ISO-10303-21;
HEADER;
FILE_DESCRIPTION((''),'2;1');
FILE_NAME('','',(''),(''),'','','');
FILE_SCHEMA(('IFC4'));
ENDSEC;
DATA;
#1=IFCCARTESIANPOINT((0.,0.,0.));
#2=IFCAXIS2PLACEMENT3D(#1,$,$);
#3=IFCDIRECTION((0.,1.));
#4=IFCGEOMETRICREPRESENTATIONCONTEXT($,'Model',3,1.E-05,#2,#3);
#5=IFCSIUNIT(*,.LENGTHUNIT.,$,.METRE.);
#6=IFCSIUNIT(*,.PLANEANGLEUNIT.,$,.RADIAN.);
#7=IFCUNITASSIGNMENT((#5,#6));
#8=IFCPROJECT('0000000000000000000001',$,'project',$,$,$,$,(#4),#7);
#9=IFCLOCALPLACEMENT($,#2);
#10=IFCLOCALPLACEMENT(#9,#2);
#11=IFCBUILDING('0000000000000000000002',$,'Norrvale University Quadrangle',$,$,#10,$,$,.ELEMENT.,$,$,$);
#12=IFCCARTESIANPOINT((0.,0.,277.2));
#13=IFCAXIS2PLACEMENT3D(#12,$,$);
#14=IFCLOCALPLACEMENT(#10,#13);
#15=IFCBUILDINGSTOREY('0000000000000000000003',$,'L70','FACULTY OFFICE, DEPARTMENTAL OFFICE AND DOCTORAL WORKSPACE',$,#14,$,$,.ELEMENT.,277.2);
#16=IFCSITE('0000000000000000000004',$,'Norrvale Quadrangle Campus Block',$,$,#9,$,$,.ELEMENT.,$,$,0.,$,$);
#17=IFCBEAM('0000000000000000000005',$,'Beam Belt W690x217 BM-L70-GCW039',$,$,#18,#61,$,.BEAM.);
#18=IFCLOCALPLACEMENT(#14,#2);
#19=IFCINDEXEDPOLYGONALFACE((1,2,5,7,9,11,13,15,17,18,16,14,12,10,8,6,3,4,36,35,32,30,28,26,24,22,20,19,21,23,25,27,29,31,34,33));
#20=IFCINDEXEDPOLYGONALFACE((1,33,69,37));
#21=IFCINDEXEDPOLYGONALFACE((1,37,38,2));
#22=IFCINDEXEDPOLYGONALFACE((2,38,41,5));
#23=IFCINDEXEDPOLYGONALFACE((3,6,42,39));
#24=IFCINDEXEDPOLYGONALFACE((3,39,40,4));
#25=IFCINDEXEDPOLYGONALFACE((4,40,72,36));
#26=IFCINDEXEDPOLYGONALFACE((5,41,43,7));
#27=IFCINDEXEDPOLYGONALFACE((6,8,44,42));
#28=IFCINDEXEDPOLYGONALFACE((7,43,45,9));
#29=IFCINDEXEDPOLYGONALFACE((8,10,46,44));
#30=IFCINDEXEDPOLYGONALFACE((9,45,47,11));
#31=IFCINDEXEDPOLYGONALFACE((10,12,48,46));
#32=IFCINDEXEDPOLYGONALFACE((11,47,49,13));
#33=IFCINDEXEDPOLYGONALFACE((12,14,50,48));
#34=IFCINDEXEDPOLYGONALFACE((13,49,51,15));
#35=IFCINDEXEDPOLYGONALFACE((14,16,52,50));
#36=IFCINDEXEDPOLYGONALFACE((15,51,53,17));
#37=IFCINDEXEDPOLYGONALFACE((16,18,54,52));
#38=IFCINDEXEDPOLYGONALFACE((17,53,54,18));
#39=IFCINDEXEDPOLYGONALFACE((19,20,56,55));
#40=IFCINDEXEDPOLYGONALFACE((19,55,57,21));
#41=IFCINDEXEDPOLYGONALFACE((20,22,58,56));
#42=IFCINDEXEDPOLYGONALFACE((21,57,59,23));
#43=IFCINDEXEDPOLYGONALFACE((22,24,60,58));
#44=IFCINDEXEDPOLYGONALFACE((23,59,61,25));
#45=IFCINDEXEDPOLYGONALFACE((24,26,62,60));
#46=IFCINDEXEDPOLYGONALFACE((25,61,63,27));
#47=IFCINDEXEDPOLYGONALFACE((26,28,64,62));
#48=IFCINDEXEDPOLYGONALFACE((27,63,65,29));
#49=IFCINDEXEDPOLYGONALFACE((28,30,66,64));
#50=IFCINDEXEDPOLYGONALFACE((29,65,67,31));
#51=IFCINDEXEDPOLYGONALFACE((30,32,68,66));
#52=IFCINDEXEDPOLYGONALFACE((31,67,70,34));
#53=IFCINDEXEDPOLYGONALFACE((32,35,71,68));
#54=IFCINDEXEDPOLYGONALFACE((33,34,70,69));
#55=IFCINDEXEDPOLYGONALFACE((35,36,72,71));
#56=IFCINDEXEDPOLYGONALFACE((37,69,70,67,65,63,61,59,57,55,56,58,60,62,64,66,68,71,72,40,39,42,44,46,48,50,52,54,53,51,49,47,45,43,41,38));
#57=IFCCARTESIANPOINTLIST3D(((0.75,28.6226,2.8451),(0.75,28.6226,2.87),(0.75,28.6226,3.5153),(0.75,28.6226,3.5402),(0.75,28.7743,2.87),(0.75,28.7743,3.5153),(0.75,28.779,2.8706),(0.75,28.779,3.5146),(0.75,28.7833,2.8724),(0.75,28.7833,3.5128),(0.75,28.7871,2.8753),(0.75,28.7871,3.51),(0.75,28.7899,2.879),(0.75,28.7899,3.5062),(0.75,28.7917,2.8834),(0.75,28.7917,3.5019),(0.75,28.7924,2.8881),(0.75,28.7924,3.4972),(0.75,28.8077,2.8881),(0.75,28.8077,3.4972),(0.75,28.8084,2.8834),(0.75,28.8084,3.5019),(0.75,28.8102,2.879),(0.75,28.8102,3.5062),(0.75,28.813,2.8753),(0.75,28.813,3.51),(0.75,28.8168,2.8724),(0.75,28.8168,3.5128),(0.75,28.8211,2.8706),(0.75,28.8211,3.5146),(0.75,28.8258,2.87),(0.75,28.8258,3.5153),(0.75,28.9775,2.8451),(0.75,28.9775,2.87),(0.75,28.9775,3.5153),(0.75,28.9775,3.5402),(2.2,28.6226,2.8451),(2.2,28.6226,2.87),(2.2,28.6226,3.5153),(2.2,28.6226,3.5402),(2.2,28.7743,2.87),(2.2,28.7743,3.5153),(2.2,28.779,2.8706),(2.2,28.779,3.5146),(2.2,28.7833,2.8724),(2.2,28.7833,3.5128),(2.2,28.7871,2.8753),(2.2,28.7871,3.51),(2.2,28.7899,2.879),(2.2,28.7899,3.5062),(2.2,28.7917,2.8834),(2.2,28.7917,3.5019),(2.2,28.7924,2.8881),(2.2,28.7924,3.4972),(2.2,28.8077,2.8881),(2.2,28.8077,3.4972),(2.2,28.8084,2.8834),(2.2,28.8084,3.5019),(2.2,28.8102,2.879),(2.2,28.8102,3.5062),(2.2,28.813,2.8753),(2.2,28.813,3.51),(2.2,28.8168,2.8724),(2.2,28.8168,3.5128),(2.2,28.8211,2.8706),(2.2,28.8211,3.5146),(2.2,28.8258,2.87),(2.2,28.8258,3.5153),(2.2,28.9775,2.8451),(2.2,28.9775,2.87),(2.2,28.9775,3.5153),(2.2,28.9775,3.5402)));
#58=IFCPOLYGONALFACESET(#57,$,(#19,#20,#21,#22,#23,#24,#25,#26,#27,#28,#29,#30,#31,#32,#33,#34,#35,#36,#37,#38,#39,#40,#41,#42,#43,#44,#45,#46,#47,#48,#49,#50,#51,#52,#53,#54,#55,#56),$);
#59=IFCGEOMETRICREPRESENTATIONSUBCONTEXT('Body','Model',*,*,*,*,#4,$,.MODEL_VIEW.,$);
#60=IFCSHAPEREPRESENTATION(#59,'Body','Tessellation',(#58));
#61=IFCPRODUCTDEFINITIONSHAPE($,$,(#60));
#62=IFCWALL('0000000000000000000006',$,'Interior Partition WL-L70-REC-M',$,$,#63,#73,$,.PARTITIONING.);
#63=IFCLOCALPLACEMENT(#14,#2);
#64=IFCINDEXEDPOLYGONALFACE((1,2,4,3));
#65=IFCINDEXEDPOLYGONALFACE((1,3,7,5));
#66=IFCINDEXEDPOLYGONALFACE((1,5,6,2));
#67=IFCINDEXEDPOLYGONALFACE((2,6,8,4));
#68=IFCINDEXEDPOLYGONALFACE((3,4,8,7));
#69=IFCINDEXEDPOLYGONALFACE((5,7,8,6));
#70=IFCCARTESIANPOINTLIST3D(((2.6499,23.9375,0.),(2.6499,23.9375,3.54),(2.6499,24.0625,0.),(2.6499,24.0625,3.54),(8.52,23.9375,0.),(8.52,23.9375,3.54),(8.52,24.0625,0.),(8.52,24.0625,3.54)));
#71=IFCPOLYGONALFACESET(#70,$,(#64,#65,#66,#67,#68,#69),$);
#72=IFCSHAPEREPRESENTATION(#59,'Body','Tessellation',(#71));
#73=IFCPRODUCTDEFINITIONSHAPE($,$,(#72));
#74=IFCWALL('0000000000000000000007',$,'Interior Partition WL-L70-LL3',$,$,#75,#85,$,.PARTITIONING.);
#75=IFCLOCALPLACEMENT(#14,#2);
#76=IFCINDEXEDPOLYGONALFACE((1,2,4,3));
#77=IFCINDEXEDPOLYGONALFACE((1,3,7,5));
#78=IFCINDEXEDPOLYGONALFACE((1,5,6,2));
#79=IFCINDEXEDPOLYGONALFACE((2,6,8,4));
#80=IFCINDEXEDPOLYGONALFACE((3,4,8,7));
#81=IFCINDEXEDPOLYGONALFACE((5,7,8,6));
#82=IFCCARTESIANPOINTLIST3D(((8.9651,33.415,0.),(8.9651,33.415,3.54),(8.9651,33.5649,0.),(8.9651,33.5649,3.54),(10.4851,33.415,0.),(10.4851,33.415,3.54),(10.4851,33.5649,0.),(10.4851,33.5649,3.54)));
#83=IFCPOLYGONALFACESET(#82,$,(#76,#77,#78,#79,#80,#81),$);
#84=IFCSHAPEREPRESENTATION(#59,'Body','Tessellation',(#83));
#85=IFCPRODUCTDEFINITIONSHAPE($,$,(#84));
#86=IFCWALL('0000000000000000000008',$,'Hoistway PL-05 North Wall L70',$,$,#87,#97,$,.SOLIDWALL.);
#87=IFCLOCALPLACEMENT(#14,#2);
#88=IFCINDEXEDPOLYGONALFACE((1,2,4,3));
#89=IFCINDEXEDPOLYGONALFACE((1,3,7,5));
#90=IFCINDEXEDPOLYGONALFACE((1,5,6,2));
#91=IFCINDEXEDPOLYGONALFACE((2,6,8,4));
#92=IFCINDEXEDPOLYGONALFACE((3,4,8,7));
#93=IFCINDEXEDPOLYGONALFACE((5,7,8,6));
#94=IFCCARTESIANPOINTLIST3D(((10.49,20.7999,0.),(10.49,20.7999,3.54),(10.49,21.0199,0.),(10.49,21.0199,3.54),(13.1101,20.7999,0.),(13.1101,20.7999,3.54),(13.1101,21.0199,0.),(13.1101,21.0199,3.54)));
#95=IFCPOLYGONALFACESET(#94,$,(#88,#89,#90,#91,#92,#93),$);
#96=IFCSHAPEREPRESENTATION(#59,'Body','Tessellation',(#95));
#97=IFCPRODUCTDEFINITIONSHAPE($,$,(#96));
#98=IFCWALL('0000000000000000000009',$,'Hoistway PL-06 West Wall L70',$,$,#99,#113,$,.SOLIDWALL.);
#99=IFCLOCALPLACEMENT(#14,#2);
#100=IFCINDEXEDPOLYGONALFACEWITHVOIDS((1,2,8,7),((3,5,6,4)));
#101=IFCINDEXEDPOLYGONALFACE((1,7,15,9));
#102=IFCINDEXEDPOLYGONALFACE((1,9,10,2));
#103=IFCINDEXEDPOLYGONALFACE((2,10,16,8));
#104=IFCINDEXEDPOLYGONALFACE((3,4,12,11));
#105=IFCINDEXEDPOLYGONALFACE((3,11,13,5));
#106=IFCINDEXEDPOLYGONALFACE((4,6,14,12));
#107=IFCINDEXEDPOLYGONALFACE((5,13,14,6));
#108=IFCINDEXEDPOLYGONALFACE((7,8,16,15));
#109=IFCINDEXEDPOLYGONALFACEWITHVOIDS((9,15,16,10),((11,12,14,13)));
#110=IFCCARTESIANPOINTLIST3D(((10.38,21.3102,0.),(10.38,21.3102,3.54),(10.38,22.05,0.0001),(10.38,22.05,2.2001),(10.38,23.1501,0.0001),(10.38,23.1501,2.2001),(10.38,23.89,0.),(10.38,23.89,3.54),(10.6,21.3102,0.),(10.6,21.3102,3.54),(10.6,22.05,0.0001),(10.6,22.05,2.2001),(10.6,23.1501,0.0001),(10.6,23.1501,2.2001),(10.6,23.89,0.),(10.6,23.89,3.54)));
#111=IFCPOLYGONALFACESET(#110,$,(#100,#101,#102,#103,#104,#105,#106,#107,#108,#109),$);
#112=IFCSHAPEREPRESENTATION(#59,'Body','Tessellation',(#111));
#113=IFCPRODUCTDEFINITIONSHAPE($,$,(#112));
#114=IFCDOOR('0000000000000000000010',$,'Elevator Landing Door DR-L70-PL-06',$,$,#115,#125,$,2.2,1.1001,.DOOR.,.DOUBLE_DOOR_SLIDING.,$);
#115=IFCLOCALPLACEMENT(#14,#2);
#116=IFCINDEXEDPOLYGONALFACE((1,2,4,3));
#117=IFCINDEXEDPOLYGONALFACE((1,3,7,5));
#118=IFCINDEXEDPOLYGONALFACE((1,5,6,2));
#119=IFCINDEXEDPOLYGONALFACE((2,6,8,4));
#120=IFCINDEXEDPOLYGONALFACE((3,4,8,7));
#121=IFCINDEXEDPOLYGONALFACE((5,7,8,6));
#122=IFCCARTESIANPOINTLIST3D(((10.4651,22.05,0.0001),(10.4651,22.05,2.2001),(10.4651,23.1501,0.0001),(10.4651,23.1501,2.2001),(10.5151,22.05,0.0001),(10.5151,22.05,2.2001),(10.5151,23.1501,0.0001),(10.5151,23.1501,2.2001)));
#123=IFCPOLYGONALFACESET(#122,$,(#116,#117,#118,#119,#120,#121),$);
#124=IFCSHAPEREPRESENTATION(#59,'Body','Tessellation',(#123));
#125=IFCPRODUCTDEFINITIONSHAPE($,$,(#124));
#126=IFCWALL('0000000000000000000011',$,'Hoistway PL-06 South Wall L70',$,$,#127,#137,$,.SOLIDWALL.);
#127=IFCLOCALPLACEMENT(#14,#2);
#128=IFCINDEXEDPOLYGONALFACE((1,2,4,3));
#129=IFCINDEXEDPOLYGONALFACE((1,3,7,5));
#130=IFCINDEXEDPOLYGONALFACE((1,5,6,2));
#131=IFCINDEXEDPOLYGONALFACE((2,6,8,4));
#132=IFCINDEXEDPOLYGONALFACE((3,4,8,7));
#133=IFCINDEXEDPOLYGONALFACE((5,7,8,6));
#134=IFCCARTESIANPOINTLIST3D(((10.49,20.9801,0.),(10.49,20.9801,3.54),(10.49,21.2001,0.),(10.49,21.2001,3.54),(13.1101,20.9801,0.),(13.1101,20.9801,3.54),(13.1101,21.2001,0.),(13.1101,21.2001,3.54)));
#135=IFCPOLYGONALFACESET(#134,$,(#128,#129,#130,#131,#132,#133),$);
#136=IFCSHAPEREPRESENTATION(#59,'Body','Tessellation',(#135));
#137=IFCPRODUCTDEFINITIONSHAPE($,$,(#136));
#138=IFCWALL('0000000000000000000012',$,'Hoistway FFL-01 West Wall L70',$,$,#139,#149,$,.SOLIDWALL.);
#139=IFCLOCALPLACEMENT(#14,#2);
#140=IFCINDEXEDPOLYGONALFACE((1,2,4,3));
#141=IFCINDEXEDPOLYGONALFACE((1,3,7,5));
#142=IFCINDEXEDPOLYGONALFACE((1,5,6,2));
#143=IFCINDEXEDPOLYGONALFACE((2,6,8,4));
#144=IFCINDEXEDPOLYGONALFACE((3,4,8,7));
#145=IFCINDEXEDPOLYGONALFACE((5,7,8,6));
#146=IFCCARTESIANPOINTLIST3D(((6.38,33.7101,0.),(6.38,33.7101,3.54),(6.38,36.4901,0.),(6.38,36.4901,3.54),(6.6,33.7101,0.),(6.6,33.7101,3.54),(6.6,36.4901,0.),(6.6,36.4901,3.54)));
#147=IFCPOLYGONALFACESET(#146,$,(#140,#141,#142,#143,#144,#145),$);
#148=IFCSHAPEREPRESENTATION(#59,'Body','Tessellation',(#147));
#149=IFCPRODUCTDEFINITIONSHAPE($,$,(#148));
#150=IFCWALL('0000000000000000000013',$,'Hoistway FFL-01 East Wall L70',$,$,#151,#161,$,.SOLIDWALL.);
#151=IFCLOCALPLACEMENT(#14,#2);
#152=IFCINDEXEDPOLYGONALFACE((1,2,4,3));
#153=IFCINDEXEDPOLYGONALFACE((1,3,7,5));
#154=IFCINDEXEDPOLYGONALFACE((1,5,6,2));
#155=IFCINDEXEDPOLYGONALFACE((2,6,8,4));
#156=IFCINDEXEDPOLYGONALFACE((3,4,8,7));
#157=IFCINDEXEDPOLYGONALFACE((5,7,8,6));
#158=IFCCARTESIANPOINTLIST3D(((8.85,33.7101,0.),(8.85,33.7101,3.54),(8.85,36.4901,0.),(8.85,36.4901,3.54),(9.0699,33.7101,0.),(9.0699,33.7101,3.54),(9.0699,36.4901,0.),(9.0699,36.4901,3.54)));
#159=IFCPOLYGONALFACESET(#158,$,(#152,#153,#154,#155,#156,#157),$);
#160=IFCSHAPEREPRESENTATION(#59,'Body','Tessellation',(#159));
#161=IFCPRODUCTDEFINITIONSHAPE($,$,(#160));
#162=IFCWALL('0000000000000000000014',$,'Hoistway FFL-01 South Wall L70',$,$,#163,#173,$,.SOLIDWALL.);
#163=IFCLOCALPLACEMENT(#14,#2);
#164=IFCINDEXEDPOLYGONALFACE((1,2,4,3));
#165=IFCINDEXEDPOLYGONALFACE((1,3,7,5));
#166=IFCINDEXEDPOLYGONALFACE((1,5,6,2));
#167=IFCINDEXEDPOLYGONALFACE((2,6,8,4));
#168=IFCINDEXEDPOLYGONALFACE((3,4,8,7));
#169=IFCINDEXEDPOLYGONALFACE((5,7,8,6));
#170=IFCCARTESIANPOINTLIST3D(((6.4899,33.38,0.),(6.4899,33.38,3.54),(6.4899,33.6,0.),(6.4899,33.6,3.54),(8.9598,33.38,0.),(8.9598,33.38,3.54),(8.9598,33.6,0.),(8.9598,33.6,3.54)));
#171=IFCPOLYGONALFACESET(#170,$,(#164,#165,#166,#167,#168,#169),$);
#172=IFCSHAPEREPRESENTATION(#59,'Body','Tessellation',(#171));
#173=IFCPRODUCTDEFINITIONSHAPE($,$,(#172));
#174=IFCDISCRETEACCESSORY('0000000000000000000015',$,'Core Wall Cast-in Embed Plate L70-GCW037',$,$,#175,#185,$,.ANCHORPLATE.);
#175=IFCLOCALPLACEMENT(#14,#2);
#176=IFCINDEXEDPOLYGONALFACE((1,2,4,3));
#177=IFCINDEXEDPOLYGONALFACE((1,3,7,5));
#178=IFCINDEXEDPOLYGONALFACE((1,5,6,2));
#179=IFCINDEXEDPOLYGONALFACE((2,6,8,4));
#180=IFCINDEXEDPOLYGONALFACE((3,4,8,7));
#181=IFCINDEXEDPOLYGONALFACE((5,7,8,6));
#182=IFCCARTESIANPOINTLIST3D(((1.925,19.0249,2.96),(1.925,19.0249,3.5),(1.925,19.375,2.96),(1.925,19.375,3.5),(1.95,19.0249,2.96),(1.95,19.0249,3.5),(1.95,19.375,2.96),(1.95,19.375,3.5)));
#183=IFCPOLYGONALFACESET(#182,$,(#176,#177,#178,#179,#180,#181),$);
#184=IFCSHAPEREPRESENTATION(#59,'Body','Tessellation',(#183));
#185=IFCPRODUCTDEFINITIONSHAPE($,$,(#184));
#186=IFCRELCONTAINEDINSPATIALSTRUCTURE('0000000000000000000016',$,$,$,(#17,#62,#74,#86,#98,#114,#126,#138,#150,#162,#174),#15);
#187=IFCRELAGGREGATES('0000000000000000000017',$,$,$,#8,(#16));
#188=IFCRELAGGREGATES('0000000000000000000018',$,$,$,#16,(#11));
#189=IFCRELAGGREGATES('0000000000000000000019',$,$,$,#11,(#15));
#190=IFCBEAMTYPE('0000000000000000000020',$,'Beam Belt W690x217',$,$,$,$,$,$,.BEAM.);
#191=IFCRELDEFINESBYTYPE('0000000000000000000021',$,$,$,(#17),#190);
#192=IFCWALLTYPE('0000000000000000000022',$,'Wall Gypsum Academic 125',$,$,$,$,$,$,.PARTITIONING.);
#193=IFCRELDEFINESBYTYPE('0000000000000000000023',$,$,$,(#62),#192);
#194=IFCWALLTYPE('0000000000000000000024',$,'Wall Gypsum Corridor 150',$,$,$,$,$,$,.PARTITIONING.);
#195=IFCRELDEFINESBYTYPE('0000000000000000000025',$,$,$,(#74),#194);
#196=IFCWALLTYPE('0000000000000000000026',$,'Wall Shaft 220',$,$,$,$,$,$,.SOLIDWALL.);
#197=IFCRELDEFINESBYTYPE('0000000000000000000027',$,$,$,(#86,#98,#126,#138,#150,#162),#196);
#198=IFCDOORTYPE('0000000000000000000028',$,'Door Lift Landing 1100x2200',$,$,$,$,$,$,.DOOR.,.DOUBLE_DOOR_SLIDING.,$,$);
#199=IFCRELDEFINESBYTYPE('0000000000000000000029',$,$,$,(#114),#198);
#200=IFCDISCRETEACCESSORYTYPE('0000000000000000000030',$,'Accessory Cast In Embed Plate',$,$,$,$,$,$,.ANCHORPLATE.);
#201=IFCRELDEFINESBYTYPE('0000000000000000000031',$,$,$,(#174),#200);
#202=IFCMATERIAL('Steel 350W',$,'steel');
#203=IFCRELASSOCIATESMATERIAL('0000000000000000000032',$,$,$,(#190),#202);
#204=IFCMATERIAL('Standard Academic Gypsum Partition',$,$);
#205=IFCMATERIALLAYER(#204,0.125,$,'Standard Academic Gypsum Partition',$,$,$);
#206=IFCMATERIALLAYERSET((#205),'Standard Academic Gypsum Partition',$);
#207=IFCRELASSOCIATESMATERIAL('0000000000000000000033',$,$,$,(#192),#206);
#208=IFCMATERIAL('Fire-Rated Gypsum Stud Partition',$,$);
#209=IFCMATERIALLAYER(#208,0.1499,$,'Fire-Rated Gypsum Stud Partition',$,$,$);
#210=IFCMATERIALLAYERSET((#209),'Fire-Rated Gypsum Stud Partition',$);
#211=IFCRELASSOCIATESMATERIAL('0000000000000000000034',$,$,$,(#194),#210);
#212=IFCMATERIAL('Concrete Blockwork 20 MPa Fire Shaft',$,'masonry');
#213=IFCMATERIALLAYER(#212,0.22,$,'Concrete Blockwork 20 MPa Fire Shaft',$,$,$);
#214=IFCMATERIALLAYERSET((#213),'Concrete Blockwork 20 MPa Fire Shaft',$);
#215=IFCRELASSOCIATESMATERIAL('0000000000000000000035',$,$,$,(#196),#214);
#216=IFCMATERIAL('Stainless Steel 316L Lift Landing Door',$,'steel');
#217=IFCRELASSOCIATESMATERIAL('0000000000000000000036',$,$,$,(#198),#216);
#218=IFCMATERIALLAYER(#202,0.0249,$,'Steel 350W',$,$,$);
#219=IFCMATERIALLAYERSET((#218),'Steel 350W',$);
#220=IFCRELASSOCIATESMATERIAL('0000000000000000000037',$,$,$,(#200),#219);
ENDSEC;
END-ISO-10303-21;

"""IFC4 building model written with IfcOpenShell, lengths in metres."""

from ifc_helpers import new_model, si_unit, direction, frame, frame_2d, origin, origin_2d, place, context, subcontext, project, spatial, rectangle, i_section, extrude, material, layer, layer_set, material_profile, profile_set, type_object, element, fill, save


model = new_model("IFC4")

# Units and contexts
model_context = context("Model", 3, precision=1e-05, world=origin(), true_north=direction((0.0, 1.0)))
body_context = subcontext(model_context, "Body", "Model", "MODEL_VIEW")
ifc_project = project(units=[si_unit("LENGTHUNIT", "METRE"), si_unit("PLANEANGLEUNIT", "RADIAN")], contexts=[model_context])

# Site, building, storey
site_placement = place(None, origin())
site = spatial("IfcSite", under=ifc_project, at=site_placement, Name="Norrvale Quadrangle Campus Block", CompositionType="ELEMENT", RefElevation=0.0)
building_placement = place(site_placement, origin())
building = spatial("IfcBuilding", under=site, at=building_placement, Name="Norrvale University Quadrangle", CompositionType="ELEMENT")
storey_placement = place(building_placement, frame((0.0, 0.0, 277.2)))
storey = spatial("IfcBuildingStorey", under=building, at=storey_placement, Name="L70", Description="FACULTY OFFICE, DEPARTMENTAL OFFICE AND DOCTORAL WORKSPACE", CompositionType="ELEMENT", Elevation=277.2)

# Beam
ifc_material_1 = material(Name="Steel 350W", Category="steel")
ifc_material_profile_1 = material_profile(ifc_material_1, i_section(OverallWidth=0.355, OverallDepth=0.6951, WebThickness=0.0154, FlangeThickness=0.0249, FilletRadius=0.0181, at=origin_2d()), Name="Steel 350W")
ifc_profile_set_1 = profile_set([ifc_material_profile_1], Name="Steel 350W")
beam_type = type_object("IfcBeamType", Name="Beam Belt W690x217", PredefinedType="BEAM", material=ifc_profile_set_1)
for number, where, z_axis, x_axis, name in (
    (1, (0.75, 28.8, 3.1926), (1.0, 0.0, 0.0), (0.0, 1.0, 0.0), "Beam Belt W690x217 BM-L70-GCW039"),
):
    element("IfcBeam", number, at=place(storey_placement, frame(where, z_axis=z_axis, x_axis=x_axis)), inside=storey, type_object=beam_type, Name=name, PredefinedType="BEAM", context=body_context, shape_type="SweptSolid", body=[
        extrude(i_section(OverallWidth=0.355, OverallDepth=0.6951, WebThickness=0.0154, FlangeThickness=0.0249, FilletRadius=0.0181, at=origin_2d()), origin(), (0.0, 0.0, 1.0), 1.45),
    ])

# Walls
ifc_material_2 = material(Name="Standard Academic Gypsum Partition")
ifc_layer_1 = layer(ifc_material_2, 0.125, Name="Standard Academic Gypsum Partition")
ifc_layer_set_1 = layer_set([ifc_layer_1], Name="Standard Academic Gypsum Partition")
wall_type_1 = type_object("IfcWallType", Name="Wall Gypsum Academic 125", PredefinedType="PARTITIONING", material=ifc_layer_set_1)
wall_1_placement = place(storey_placement, frame((2.6499, 24.0, 0.0), z_axis=(0.0, 0.0, 1.0), x_axis=(1.0, 0.0, 0.0)))
element("IfcWall", 2, at=wall_1_placement, inside=storey, type_object=wall_type_1, Name="Interior Partition WL-L70-REC-M", PredefinedType="PARTITIONING", context=body_context, shape_type="SweptSolid", body=[
    extrude(rectangle(XDim=5.8701, YDim=0.125, at=frame_2d((2.9351, 0.0))), origin(), (0.0, 0.0, 1.0), 3.54),
])
ifc_material_3 = material(Name="Fire-Rated Gypsum Stud Partition")
ifc_layer_2 = layer(ifc_material_3, 0.1499, Name="Fire-Rated Gypsum Stud Partition")
ifc_layer_set_2 = layer_set([ifc_layer_2], Name="Fire-Rated Gypsum Stud Partition")
wall_type_2 = type_object("IfcWallType", Name="Wall Gypsum Corridor 150", PredefinedType="PARTITIONING", material=ifc_layer_set_2)
wall_2_placement = place(storey_placement, frame((8.9651, 33.49, 0.0), z_axis=(0.0, 0.0, 1.0), x_axis=(1.0, 0.0, 0.0)))
element("IfcWall", 3, at=wall_2_placement, inside=storey, type_object=wall_type_2, Name="Interior Partition WL-L70-LL3", PredefinedType="PARTITIONING", context=body_context, shape_type="SweptSolid", body=[
    extrude(rectangle(XDim=1.52, YDim=0.1499, at=frame_2d((0.76, 0.0))), origin(), (0.0, 0.0, 1.0), 3.54),
])
ifc_material_4 = material(Name="Concrete Blockwork 20 MPa Fire Shaft", Category="masonry")
ifc_layer_3 = layer(ifc_material_4, 0.22, Name="Concrete Blockwork 20 MPa Fire Shaft")
ifc_layer_set_3 = layer_set([ifc_layer_3], Name="Concrete Blockwork 20 MPa Fire Shaft")
wall_type_3 = type_object("IfcWallType", Name="Wall Shaft 220", PredefinedType="SOLIDWALL", material=ifc_layer_set_3)
wall_3_placement = place(storey_placement, frame((10.49, 20.9099, 0.0), z_axis=(0.0, 0.0, 1.0), x_axis=(1.0, 0.0, 0.0)))
element("IfcWall", 4, at=wall_3_placement, inside=storey, type_object=wall_type_3, Name="Hoistway PL-05 North Wall L70", PredefinedType="SOLIDWALL", context=body_context, shape_type="SweptSolid", body=[
    extrude(rectangle(XDim=2.6201, YDim=0.22, at=frame_2d((1.3101, 0.0))), origin(), (0.0, 0.0, 1.0), 3.54),
])

# Wall, opening, door
wall_4_placement = place(storey_placement, frame((10.49, 21.3101, 0.0), z_axis=(0.0, 0.0, 1.0), x_axis=(0.0, 1.0, 0.0)))
wall_4 = element("IfcWall", 5, at=wall_4_placement, inside=storey, type_object=wall_type_3, Name="Hoistway PL-06 West Wall L70", PredefinedType="SOLIDWALL", context=body_context, shape_type="SweptSolid", body=[
    extrude(rectangle(XDim=2.5798, YDim=0.22, at=frame_2d((1.29, 0.0))), origin(), (0.0, 0.0, 1.0), 3.54),
])
opening_placement = place(wall_4_placement, frame((0.74, 0.0, 0.0)))
opening = element("IfcOpeningElement", 6, at=opening_placement, cuts=wall_4, PredefinedType="OPENING", context=body_context, shape_type="SweptSolid", body=[
    extrude(rectangle(XDim=1.1001, YDim=2.2, at=frame_2d((0.55, 1.1001))), frame((0.0, 0.1221, 0.0), z_axis=(0.0, -1.0, 0.0), x_axis=(1.0, 0.0, 0.0)), (0.0, 0.0, 1.0), 0.2439),
])
ifc_material_5 = material(Name="Stainless Steel 316L Lift Landing Door", Category="steel")
door_type = type_object("IfcDoorType", Name="Door Lift Landing 1100x2200", OperationType="DOUBLE_DOOR_SLIDING", PredefinedType="DOOR", material=ifc_material_5)
door_placement = place(opening_placement, origin())
door = element("IfcDoor", 7, at=door_placement, inside=storey, type_object=door_type, Name="Elevator Landing Door DR-L70-PL-06", OperationType="DOUBLE_DOOR_SLIDING", OverallHeight=2.2, OverallWidth=1.1001, PredefinedType="DOOR", context=body_context, shape_type="SweptSolid", body=[
    extrude(rectangle(XDim=1.1001, YDim=2.2, at=frame_2d((0.55, 1.1001))), frame((0.0, 0.0249, 0.0), z_axis=(0.0, -1.0, 0.0), x_axis=(1.0, 0.0, 0.0)), (0.0, 0.0, 1.0), 0.05),
])
fill(opening, door)

# Walls
wall_5_placement = place(storey_placement, frame((10.49, 21.0901, 0.0), z_axis=(0.0, 0.0, 1.0), x_axis=(1.0, 0.0, 0.0)))
element("IfcWall", 8, at=wall_5_placement, inside=storey, type_object=wall_type_3, Name="Hoistway PL-06 South Wall L70", PredefinedType="SOLIDWALL", context=body_context, shape_type="SweptSolid", body=[
    extrude(rectangle(XDim=2.6201, YDim=0.22, at=frame_2d((1.3101, 0.0))), origin(), (0.0, 0.0, 1.0), 3.54),
])
for number, where, z_axis, x_axis, name in (
    (9, (6.49, 33.71, 0.0), (0.0, 0.0, 1.0), (0.0, 1.0, 0.0), "Hoistway FFL-01 West Wall L70"),
    (10, (8.96, 33.71, 0.0), (0.0, 0.0, 1.0), (0.0, 1.0, 0.0), "Hoistway FFL-01 East Wall L70"),
):
    element("IfcWall", number, at=place(storey_placement, frame(where, z_axis=z_axis, x_axis=x_axis)), inside=storey, type_object=wall_type_3, Name=name, PredefinedType="SOLIDWALL", context=body_context, shape_type="SweptSolid", body=[
        extrude(rectangle(XDim=2.78, YDim=0.22, at=frame_2d((1.3901, 0.0))), origin(), (0.0, 0.0, 1.0), 3.54),
    ])
wall_6_placement = place(storey_placement, frame((6.49, 33.49, 0.0), z_axis=(0.0, 0.0, 1.0), x_axis=(1.0, 0.0, 0.0)))
element("IfcWall", 11, at=wall_6_placement, inside=storey, type_object=wall_type_3, Name="Hoistway FFL-01 South Wall L70", PredefinedType="SOLIDWALL", context=body_context, shape_type="SweptSolid", body=[
    extrude(rectangle(XDim=2.47, YDim=0.22, at=frame_2d((1.2349, 0.0))), origin(), (0.0, 0.0, 1.0), 3.54),
])

# Discrete accessory
ifc_layer_4 = layer(ifc_material_1, 0.0249, Name="Steel 350W")
ifc_layer_set_4 = layer_set([ifc_layer_4], Name="Steel 350W")
discrete_accessory_type = type_object("IfcDiscreteAccessoryType", Name="Accessory Cast In Embed Plate", PredefinedType="ANCHORPLATE", material=ifc_layer_set_4)
for number, where, z_axis, x_axis, name in (
    (12, (1.9375, 19.2, 2.96), (0.0, 0.0, 1.0), (1.0, 0.0, 0.0), "Core Wall Cast-in Embed Plate L70-GCW037"),
):
    element("IfcDiscreteAccessory", number, at=place(storey_placement, frame(where, z_axis=z_axis, x_axis=x_axis)), inside=storey, type_object=discrete_accessory_type, Name=name, PredefinedType="ANCHORPLATE", context=body_context, shape_type="SweptSolid", body=[
        extrude(rectangle(XDim=0.0249, YDim=0.3501, at=origin_2d()), origin(), (0.0, 0.0, 1.0), 0.54),
    ])

save(model, "model.ifc")
